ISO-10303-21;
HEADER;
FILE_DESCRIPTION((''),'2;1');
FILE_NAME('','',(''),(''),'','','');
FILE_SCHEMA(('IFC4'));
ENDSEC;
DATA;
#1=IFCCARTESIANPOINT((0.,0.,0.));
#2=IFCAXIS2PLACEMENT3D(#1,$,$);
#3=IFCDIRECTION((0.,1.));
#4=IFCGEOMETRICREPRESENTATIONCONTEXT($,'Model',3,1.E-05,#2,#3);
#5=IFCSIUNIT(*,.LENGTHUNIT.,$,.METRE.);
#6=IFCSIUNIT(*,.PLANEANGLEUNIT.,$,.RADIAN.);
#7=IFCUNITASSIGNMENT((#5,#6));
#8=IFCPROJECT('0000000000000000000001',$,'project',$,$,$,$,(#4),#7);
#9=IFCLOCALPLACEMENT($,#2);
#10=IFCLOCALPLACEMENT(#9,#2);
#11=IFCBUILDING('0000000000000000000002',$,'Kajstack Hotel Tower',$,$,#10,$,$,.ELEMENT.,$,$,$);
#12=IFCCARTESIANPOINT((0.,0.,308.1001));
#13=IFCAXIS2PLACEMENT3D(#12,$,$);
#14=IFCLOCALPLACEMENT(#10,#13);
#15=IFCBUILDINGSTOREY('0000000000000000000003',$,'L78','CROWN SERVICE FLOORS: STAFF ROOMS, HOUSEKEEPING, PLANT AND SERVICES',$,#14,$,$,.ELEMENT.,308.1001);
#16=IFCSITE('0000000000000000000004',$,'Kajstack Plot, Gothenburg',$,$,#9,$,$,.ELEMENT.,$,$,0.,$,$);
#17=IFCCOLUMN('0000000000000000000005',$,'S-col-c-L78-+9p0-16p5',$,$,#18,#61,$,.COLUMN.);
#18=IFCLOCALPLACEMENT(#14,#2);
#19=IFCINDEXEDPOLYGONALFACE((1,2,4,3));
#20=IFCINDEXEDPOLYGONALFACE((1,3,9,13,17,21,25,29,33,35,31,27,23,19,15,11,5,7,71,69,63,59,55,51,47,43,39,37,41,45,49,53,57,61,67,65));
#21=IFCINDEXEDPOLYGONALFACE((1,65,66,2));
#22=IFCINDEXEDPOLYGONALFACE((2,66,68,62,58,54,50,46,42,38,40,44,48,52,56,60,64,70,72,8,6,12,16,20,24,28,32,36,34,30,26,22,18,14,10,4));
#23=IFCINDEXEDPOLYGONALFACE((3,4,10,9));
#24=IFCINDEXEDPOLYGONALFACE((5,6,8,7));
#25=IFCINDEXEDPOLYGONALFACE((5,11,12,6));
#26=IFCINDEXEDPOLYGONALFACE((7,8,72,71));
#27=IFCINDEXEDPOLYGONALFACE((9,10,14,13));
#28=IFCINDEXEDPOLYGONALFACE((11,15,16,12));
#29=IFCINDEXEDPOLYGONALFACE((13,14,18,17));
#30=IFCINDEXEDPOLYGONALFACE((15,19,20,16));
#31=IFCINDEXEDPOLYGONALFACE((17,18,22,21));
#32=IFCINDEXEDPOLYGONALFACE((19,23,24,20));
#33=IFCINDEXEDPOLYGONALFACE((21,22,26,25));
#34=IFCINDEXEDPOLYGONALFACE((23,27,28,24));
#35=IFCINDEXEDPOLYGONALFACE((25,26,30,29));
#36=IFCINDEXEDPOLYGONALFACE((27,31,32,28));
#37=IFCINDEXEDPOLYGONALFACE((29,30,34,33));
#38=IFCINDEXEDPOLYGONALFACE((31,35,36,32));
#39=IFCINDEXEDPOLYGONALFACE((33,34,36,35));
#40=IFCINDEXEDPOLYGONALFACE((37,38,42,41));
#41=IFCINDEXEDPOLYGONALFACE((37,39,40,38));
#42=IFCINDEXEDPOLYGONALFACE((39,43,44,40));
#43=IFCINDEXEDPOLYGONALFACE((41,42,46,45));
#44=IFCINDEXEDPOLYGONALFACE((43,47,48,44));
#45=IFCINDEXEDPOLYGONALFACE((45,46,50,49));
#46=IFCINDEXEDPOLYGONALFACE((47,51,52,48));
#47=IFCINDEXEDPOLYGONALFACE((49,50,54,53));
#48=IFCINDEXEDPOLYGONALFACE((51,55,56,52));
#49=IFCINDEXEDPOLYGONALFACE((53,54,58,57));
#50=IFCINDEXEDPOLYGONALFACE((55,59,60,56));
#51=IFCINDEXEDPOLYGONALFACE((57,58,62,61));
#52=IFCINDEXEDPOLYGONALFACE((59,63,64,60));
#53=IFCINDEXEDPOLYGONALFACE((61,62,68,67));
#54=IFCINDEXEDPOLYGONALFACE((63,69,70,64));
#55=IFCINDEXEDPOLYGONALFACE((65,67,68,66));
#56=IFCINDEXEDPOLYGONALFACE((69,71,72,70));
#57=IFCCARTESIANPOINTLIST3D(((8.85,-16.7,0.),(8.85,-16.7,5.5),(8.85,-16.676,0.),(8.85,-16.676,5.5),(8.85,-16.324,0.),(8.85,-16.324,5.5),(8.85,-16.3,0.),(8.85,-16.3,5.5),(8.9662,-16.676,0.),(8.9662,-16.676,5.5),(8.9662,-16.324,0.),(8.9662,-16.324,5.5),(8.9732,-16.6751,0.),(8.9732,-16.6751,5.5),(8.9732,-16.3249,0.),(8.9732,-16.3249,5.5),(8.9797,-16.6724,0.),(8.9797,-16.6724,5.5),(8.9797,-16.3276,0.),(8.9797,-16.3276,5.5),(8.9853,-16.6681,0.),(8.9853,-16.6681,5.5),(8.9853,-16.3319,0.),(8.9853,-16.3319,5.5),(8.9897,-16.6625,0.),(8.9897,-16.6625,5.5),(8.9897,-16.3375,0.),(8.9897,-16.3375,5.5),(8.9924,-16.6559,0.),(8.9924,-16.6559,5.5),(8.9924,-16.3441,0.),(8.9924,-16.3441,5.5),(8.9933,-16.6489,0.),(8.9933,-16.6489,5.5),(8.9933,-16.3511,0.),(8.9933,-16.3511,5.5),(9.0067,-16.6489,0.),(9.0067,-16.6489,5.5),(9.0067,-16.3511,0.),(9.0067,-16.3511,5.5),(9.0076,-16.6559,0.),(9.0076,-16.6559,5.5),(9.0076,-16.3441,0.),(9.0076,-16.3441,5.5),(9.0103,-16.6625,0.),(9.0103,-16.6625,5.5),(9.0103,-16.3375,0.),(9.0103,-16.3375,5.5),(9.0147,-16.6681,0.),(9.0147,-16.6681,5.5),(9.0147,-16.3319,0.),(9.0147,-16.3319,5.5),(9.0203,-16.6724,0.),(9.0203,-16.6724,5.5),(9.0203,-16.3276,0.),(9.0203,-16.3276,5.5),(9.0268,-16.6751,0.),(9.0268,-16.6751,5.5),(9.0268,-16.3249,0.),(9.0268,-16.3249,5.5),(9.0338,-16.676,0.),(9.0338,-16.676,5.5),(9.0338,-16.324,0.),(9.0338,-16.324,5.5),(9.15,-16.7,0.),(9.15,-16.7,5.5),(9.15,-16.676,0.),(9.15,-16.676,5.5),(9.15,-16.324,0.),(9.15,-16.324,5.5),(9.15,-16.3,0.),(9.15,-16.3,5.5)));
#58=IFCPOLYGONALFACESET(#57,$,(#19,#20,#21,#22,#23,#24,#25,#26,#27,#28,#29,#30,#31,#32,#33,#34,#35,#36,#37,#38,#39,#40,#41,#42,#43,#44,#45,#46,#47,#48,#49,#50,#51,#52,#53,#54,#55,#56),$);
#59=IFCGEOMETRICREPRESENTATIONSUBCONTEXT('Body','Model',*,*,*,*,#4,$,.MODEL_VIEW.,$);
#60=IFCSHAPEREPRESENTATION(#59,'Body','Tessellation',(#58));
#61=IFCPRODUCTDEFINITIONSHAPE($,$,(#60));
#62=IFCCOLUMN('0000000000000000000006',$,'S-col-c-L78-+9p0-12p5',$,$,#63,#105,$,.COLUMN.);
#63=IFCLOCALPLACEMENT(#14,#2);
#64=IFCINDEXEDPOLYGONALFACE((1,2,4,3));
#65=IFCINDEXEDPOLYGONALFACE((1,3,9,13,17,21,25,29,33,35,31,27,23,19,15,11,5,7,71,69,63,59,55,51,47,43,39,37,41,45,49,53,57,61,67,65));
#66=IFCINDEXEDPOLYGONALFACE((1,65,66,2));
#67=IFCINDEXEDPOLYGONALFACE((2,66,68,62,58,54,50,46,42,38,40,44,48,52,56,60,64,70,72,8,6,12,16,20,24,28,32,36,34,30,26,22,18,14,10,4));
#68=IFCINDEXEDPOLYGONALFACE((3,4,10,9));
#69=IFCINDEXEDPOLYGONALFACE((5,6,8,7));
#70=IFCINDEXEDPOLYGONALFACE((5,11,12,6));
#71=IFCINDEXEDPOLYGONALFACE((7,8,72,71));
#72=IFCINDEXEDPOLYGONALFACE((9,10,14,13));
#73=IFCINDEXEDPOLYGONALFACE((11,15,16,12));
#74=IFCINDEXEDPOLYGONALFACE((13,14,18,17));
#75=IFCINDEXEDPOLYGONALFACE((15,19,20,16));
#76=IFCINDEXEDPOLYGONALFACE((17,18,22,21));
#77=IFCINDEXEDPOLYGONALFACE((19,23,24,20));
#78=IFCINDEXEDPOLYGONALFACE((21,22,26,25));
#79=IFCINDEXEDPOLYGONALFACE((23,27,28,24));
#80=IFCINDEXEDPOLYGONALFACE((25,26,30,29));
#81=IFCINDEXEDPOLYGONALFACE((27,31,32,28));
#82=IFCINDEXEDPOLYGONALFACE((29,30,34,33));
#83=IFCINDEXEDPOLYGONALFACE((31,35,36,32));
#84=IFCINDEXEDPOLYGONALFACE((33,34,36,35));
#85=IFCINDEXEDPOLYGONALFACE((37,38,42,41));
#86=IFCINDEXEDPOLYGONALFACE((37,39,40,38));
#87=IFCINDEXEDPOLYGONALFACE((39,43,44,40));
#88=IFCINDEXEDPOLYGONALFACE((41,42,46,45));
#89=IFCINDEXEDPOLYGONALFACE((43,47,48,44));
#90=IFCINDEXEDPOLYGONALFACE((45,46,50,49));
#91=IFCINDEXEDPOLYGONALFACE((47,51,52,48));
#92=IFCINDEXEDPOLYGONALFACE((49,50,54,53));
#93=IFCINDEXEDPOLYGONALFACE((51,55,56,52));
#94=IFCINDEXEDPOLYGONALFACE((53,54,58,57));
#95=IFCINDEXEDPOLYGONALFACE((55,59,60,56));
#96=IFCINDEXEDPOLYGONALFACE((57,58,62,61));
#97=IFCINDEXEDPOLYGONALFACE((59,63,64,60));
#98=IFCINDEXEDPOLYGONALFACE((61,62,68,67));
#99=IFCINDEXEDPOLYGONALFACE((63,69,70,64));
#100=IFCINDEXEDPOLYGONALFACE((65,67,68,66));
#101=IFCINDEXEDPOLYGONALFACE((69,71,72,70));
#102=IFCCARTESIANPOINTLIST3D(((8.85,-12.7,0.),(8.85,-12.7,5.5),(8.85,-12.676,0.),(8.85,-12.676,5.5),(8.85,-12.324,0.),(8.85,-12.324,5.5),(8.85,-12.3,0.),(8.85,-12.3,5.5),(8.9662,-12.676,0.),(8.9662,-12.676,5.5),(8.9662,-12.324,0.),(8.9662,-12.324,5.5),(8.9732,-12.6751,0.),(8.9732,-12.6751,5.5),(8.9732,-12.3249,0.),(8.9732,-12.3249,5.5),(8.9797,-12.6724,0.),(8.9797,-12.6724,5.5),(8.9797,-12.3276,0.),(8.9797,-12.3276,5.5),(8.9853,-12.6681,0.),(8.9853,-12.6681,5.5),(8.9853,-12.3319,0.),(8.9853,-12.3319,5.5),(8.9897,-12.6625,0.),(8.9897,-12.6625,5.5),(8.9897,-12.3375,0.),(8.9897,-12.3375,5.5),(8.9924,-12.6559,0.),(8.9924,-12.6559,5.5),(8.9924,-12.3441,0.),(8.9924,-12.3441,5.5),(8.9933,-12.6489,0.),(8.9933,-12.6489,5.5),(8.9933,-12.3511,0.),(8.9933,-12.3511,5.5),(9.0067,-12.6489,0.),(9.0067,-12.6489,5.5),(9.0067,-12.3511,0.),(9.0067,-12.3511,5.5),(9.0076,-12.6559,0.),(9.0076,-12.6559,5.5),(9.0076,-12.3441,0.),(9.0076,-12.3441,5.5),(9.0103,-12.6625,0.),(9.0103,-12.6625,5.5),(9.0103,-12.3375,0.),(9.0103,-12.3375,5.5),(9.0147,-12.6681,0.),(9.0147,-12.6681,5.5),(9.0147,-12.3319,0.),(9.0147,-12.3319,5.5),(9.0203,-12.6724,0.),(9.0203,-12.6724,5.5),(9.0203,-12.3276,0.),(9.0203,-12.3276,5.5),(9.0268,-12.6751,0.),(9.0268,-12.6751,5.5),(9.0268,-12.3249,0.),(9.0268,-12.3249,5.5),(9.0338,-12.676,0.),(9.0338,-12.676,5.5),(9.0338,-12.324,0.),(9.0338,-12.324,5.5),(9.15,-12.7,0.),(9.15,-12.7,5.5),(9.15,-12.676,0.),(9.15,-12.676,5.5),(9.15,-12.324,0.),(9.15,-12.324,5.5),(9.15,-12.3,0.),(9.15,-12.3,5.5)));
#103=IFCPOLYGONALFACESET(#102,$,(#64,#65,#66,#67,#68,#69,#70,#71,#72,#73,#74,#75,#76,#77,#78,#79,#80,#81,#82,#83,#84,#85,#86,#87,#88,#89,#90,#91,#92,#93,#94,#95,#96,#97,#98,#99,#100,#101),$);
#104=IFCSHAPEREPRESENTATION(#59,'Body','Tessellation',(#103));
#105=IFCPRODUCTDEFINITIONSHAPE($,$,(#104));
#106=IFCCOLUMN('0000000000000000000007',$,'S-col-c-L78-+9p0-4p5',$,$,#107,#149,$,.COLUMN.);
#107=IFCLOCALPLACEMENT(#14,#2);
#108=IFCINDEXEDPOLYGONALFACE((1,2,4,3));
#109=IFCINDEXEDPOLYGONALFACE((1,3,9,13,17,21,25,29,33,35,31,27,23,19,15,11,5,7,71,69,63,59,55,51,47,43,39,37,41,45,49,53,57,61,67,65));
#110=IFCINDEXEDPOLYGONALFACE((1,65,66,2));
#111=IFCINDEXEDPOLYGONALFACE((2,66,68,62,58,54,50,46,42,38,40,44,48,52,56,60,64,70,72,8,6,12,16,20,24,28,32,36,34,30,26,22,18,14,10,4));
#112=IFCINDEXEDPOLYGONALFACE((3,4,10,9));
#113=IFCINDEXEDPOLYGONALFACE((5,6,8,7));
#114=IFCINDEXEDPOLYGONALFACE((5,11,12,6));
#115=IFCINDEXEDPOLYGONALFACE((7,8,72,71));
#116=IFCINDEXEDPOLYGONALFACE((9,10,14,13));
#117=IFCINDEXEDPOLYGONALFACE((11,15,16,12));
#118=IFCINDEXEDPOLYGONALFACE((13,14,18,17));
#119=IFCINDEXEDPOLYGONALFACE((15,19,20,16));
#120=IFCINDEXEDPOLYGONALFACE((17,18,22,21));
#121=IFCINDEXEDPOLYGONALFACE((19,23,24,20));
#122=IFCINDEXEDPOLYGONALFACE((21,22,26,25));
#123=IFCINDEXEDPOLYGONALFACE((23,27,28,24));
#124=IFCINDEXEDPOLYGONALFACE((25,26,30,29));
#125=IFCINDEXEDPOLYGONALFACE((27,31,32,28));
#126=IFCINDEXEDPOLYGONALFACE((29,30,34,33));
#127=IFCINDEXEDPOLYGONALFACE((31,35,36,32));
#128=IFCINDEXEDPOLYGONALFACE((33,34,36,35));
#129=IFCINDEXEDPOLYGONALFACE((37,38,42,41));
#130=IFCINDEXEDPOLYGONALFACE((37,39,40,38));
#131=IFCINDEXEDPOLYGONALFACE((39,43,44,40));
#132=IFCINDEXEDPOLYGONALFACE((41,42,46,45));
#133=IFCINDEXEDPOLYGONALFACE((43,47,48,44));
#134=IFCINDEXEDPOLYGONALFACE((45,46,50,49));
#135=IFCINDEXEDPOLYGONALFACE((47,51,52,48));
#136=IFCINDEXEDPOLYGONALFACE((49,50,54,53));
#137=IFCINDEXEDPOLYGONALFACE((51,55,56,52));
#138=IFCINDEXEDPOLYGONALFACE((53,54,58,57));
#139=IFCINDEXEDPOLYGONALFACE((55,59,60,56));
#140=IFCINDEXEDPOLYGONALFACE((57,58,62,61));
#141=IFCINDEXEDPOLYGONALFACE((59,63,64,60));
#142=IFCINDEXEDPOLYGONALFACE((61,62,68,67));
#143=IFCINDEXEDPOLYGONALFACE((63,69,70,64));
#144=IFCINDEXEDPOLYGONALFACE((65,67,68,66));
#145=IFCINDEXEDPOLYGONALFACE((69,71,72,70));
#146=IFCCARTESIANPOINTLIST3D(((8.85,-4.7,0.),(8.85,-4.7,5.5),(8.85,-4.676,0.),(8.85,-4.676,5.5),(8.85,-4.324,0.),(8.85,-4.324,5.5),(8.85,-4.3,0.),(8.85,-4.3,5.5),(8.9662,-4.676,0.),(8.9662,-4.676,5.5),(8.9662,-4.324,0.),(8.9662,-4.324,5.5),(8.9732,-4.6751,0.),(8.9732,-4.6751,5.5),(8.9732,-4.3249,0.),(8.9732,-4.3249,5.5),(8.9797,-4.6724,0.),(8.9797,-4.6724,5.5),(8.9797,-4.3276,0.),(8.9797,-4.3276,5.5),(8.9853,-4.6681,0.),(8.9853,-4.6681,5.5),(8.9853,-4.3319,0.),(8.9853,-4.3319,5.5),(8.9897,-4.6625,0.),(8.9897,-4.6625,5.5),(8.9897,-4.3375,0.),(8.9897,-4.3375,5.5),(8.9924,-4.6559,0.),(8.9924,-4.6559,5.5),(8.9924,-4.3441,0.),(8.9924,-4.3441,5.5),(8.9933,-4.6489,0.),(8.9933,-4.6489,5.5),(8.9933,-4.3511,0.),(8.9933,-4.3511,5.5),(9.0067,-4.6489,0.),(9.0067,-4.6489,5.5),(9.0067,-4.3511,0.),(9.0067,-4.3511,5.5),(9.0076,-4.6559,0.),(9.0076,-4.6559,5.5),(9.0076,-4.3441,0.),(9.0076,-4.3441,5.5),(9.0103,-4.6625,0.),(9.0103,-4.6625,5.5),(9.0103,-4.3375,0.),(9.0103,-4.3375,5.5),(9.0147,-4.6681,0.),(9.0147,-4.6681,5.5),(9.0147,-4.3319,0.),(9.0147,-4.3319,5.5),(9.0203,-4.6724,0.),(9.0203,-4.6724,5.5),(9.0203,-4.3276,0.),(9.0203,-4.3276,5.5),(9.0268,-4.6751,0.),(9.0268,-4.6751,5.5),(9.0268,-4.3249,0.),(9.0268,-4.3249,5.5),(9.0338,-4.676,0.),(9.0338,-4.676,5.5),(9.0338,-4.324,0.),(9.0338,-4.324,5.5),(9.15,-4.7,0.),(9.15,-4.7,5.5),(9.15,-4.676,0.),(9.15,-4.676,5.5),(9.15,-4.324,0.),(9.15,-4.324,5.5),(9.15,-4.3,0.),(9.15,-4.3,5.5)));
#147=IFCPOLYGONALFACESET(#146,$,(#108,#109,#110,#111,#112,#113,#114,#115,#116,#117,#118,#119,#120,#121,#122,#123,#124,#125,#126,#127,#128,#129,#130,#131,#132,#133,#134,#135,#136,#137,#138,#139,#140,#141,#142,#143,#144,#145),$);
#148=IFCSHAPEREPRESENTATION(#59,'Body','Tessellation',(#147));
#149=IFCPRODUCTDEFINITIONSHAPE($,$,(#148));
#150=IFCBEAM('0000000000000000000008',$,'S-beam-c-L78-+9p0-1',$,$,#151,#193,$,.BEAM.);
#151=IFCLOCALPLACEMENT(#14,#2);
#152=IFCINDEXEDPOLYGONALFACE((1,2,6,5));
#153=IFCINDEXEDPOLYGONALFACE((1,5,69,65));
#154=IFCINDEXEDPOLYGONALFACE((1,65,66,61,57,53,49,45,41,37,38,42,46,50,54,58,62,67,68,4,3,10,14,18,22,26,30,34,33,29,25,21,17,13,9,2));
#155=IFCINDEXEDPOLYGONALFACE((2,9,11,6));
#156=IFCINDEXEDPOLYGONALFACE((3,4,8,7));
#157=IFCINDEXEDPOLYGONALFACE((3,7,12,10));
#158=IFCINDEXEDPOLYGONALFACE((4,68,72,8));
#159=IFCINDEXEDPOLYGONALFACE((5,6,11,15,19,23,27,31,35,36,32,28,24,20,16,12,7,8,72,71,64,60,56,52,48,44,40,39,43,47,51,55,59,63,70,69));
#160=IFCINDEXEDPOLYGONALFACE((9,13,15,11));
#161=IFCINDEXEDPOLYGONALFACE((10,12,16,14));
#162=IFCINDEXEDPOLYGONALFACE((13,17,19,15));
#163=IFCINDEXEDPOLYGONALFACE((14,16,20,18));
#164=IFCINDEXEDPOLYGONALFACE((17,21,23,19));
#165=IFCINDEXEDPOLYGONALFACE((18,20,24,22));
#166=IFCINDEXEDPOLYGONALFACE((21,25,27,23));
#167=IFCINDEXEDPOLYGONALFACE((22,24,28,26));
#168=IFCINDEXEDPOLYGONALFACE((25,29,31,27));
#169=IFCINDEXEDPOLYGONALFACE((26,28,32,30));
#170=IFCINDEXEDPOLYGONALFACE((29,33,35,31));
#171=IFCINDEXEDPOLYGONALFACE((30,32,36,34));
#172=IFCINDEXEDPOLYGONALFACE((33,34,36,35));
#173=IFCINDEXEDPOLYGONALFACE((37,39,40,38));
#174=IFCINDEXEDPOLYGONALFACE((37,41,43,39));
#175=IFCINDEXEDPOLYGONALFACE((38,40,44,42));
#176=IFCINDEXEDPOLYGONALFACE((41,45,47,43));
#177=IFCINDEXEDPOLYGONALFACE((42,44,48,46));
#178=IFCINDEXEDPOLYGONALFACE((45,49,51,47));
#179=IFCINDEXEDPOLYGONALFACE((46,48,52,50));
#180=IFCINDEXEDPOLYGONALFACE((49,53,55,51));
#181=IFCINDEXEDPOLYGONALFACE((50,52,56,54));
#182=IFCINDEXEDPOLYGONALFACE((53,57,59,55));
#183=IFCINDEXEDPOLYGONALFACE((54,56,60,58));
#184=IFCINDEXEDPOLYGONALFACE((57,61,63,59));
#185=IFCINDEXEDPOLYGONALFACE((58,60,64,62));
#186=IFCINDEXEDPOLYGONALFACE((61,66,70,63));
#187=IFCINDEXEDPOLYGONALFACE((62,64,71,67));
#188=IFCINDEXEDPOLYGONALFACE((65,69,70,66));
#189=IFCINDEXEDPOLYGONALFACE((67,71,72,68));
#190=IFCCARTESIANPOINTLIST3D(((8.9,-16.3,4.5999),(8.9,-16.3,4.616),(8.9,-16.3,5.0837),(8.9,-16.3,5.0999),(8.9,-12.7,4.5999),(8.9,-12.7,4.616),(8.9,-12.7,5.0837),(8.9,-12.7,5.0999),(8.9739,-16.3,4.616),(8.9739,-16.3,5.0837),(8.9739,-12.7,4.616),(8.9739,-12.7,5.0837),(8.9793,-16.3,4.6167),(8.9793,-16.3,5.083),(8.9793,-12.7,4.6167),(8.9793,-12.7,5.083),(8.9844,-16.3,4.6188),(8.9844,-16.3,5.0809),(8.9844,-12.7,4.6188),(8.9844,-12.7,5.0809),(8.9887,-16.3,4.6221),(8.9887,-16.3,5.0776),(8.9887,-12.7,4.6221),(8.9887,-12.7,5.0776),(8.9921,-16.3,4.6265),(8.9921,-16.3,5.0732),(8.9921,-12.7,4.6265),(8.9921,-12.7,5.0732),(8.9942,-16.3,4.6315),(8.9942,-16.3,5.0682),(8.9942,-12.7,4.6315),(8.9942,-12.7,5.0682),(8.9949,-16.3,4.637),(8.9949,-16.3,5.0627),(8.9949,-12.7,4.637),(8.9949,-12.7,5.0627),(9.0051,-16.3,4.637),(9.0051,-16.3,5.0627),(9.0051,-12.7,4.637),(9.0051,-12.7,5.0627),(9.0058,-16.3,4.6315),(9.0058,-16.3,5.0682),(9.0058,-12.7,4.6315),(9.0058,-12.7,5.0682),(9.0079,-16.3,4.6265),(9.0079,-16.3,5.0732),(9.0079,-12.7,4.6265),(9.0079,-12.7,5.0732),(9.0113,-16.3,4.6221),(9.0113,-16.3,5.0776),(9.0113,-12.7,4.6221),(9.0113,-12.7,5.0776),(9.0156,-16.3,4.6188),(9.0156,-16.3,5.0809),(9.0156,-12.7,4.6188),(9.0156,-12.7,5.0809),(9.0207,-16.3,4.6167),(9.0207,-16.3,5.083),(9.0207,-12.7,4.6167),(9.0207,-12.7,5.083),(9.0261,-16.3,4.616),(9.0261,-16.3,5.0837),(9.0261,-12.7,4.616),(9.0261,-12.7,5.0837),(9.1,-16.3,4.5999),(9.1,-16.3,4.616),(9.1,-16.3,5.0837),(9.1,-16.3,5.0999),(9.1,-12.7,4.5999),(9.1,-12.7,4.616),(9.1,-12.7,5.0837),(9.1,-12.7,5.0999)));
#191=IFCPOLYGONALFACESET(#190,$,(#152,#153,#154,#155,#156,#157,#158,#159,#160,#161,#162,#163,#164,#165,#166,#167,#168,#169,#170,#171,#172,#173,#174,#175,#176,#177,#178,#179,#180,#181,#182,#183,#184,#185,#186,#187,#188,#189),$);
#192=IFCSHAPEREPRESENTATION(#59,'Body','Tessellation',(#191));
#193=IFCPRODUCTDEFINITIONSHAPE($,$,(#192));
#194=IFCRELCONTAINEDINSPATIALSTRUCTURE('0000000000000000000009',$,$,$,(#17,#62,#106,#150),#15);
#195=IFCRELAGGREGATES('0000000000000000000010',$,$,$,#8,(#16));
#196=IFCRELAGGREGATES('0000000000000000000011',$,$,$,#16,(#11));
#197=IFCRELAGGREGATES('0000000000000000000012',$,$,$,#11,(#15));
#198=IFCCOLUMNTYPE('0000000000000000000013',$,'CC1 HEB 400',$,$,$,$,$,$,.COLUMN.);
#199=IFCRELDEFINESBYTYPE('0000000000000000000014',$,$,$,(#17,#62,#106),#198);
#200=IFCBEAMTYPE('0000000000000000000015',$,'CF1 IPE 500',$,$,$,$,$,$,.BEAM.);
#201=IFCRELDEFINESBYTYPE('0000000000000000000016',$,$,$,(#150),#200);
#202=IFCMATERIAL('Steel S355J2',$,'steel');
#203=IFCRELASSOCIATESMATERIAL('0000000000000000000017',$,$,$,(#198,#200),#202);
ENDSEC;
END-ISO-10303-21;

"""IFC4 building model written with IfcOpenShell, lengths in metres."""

from ifc_helpers import new_model, si_unit, direction, frame, origin, origin_2d, place, context, subcontext, project, spatial, i_section, extrude, material, material_profile, profile_set, type_object, element, save


model = new_model("IFC4")

# Units and contexts
model_context = context("Model", 3, precision=1e-05, world=origin(), true_north=direction((0.0, 1.0)))
body_context = subcontext(model_context, "Body", "Model", "MODEL_VIEW")
ifc_project = project(units=[si_unit("LENGTHUNIT", "METRE"), si_unit("PLANEANGLEUNIT", "RADIAN")], contexts=[model_context])

# Site, building, storey
site_placement = place(None, origin())
site = spatial("IfcSite", under=ifc_project, at=site_placement, Name="Kajstack Plot, Gothenburg", CompositionType="ELEMENT", RefElevation=0.0)
building_placement = place(site_placement, origin())
building = spatial("IfcBuilding", under=site, at=building_placement, Name="Kajstack Hotel Tower", CompositionType="ELEMENT")
storey_placement = place(building_placement, frame((0.0, 0.0, 308.1001)))
storey = spatial("IfcBuildingStorey", under=building, at=storey_placement, Name="L78", Description="CROWN SERVICE FLOORS: STAFF ROOMS, HOUSEKEEPING, PLANT AND SERVICES", CompositionType="ELEMENT", Elevation=308.1001)

# Columns
ifc_material_1 = material(Name="Steel S355J2", Category="steel")
ifc_material_profile_1 = material_profile(ifc_material_1, i_section(OverallWidth=0.3, OverallDepth=0.3999, WebThickness=0.0134, FlangeThickness=0.0239, FilletRadius=0.0271, at=origin_2d()), Name="HEB 400")
ifc_profile_set_1 = profile_set([ifc_material_profile_1], Name="Steel S355J2")
column_type = type_object("IfcColumnType", Name="CC1 HEB 400", PredefinedType="COLUMN", material=ifc_profile_set_1)
for number, where, z_axis, x_axis, name in (
    (1, (9.0, -16.5, 0.0), (0.0, 0.0, 1.0), (1.0, 0.0, 0.0), "S-col-c-L78-+9p0-16p5"),
    (2, (9.0, -12.5, 0.0), (0.0, 0.0, 1.0), (1.0, 0.0, 0.0), "S-col-c-L78-+9p0-12p5"),
    (3, (9.0, -4.5, 0.0), (0.0, 0.0, 1.0), (1.0, 0.0, 0.0), "S-col-c-L78-+9p0-4p5"),
):
    element("IfcColumn", number, at=place(storey_placement, frame(where, z_axis=z_axis, x_axis=x_axis)), inside=storey, type_object=column_type, Name=name, PredefinedType="COLUMN", context=body_context, shape_type="SweptSolid", body=[
        extrude(i_section(OverallWidth=0.3, OverallDepth=0.3999, WebThickness=0.0134, FlangeThickness=0.0239, FilletRadius=0.0271, at=origin_2d()), origin(), (0.0, 0.0, 1.0), 5.5),
    ])

# Beam
ifc_material_profile_2 = material_profile(ifc_material_1, i_section(OverallWidth=0.2, OverallDepth=0.5, WebThickness=0.0103, FlangeThickness=0.0161, FilletRadius=0.021, at=origin_2d()), Name="IPE 500")
ifc_profile_set_2 = profile_set([ifc_material_profile_2], Name="Steel S355J2")
beam_type = type_object("IfcBeamType", Name="CF1 IPE 500", PredefinedType="BEAM", material=ifc_profile_set_2)
beam_1_placement = place(storey_placement, frame((9.0, -16.3, 4.8499), z_axis=(0.0, 1.0, 0.0), x_axis=(-1.0, 0.0, 0.0)))
element("IfcBeam", 4, at=beam_1_placement, inside=storey, type_object=beam_type, Name="S-beam-c-L78-+9p0-1", PredefinedType="BEAM", context=body_context, shape_type="SweptSolid", body=[
    extrude(i_section(OverallWidth=0.2, OverallDepth=0.5, WebThickness=0.0103, FlangeThickness=0.0161, FilletRadius=0.021, at=origin_2d()), origin(), (0.0, 0.0, 1.0), 3.6001),
])

save(model, "model.ifc")
